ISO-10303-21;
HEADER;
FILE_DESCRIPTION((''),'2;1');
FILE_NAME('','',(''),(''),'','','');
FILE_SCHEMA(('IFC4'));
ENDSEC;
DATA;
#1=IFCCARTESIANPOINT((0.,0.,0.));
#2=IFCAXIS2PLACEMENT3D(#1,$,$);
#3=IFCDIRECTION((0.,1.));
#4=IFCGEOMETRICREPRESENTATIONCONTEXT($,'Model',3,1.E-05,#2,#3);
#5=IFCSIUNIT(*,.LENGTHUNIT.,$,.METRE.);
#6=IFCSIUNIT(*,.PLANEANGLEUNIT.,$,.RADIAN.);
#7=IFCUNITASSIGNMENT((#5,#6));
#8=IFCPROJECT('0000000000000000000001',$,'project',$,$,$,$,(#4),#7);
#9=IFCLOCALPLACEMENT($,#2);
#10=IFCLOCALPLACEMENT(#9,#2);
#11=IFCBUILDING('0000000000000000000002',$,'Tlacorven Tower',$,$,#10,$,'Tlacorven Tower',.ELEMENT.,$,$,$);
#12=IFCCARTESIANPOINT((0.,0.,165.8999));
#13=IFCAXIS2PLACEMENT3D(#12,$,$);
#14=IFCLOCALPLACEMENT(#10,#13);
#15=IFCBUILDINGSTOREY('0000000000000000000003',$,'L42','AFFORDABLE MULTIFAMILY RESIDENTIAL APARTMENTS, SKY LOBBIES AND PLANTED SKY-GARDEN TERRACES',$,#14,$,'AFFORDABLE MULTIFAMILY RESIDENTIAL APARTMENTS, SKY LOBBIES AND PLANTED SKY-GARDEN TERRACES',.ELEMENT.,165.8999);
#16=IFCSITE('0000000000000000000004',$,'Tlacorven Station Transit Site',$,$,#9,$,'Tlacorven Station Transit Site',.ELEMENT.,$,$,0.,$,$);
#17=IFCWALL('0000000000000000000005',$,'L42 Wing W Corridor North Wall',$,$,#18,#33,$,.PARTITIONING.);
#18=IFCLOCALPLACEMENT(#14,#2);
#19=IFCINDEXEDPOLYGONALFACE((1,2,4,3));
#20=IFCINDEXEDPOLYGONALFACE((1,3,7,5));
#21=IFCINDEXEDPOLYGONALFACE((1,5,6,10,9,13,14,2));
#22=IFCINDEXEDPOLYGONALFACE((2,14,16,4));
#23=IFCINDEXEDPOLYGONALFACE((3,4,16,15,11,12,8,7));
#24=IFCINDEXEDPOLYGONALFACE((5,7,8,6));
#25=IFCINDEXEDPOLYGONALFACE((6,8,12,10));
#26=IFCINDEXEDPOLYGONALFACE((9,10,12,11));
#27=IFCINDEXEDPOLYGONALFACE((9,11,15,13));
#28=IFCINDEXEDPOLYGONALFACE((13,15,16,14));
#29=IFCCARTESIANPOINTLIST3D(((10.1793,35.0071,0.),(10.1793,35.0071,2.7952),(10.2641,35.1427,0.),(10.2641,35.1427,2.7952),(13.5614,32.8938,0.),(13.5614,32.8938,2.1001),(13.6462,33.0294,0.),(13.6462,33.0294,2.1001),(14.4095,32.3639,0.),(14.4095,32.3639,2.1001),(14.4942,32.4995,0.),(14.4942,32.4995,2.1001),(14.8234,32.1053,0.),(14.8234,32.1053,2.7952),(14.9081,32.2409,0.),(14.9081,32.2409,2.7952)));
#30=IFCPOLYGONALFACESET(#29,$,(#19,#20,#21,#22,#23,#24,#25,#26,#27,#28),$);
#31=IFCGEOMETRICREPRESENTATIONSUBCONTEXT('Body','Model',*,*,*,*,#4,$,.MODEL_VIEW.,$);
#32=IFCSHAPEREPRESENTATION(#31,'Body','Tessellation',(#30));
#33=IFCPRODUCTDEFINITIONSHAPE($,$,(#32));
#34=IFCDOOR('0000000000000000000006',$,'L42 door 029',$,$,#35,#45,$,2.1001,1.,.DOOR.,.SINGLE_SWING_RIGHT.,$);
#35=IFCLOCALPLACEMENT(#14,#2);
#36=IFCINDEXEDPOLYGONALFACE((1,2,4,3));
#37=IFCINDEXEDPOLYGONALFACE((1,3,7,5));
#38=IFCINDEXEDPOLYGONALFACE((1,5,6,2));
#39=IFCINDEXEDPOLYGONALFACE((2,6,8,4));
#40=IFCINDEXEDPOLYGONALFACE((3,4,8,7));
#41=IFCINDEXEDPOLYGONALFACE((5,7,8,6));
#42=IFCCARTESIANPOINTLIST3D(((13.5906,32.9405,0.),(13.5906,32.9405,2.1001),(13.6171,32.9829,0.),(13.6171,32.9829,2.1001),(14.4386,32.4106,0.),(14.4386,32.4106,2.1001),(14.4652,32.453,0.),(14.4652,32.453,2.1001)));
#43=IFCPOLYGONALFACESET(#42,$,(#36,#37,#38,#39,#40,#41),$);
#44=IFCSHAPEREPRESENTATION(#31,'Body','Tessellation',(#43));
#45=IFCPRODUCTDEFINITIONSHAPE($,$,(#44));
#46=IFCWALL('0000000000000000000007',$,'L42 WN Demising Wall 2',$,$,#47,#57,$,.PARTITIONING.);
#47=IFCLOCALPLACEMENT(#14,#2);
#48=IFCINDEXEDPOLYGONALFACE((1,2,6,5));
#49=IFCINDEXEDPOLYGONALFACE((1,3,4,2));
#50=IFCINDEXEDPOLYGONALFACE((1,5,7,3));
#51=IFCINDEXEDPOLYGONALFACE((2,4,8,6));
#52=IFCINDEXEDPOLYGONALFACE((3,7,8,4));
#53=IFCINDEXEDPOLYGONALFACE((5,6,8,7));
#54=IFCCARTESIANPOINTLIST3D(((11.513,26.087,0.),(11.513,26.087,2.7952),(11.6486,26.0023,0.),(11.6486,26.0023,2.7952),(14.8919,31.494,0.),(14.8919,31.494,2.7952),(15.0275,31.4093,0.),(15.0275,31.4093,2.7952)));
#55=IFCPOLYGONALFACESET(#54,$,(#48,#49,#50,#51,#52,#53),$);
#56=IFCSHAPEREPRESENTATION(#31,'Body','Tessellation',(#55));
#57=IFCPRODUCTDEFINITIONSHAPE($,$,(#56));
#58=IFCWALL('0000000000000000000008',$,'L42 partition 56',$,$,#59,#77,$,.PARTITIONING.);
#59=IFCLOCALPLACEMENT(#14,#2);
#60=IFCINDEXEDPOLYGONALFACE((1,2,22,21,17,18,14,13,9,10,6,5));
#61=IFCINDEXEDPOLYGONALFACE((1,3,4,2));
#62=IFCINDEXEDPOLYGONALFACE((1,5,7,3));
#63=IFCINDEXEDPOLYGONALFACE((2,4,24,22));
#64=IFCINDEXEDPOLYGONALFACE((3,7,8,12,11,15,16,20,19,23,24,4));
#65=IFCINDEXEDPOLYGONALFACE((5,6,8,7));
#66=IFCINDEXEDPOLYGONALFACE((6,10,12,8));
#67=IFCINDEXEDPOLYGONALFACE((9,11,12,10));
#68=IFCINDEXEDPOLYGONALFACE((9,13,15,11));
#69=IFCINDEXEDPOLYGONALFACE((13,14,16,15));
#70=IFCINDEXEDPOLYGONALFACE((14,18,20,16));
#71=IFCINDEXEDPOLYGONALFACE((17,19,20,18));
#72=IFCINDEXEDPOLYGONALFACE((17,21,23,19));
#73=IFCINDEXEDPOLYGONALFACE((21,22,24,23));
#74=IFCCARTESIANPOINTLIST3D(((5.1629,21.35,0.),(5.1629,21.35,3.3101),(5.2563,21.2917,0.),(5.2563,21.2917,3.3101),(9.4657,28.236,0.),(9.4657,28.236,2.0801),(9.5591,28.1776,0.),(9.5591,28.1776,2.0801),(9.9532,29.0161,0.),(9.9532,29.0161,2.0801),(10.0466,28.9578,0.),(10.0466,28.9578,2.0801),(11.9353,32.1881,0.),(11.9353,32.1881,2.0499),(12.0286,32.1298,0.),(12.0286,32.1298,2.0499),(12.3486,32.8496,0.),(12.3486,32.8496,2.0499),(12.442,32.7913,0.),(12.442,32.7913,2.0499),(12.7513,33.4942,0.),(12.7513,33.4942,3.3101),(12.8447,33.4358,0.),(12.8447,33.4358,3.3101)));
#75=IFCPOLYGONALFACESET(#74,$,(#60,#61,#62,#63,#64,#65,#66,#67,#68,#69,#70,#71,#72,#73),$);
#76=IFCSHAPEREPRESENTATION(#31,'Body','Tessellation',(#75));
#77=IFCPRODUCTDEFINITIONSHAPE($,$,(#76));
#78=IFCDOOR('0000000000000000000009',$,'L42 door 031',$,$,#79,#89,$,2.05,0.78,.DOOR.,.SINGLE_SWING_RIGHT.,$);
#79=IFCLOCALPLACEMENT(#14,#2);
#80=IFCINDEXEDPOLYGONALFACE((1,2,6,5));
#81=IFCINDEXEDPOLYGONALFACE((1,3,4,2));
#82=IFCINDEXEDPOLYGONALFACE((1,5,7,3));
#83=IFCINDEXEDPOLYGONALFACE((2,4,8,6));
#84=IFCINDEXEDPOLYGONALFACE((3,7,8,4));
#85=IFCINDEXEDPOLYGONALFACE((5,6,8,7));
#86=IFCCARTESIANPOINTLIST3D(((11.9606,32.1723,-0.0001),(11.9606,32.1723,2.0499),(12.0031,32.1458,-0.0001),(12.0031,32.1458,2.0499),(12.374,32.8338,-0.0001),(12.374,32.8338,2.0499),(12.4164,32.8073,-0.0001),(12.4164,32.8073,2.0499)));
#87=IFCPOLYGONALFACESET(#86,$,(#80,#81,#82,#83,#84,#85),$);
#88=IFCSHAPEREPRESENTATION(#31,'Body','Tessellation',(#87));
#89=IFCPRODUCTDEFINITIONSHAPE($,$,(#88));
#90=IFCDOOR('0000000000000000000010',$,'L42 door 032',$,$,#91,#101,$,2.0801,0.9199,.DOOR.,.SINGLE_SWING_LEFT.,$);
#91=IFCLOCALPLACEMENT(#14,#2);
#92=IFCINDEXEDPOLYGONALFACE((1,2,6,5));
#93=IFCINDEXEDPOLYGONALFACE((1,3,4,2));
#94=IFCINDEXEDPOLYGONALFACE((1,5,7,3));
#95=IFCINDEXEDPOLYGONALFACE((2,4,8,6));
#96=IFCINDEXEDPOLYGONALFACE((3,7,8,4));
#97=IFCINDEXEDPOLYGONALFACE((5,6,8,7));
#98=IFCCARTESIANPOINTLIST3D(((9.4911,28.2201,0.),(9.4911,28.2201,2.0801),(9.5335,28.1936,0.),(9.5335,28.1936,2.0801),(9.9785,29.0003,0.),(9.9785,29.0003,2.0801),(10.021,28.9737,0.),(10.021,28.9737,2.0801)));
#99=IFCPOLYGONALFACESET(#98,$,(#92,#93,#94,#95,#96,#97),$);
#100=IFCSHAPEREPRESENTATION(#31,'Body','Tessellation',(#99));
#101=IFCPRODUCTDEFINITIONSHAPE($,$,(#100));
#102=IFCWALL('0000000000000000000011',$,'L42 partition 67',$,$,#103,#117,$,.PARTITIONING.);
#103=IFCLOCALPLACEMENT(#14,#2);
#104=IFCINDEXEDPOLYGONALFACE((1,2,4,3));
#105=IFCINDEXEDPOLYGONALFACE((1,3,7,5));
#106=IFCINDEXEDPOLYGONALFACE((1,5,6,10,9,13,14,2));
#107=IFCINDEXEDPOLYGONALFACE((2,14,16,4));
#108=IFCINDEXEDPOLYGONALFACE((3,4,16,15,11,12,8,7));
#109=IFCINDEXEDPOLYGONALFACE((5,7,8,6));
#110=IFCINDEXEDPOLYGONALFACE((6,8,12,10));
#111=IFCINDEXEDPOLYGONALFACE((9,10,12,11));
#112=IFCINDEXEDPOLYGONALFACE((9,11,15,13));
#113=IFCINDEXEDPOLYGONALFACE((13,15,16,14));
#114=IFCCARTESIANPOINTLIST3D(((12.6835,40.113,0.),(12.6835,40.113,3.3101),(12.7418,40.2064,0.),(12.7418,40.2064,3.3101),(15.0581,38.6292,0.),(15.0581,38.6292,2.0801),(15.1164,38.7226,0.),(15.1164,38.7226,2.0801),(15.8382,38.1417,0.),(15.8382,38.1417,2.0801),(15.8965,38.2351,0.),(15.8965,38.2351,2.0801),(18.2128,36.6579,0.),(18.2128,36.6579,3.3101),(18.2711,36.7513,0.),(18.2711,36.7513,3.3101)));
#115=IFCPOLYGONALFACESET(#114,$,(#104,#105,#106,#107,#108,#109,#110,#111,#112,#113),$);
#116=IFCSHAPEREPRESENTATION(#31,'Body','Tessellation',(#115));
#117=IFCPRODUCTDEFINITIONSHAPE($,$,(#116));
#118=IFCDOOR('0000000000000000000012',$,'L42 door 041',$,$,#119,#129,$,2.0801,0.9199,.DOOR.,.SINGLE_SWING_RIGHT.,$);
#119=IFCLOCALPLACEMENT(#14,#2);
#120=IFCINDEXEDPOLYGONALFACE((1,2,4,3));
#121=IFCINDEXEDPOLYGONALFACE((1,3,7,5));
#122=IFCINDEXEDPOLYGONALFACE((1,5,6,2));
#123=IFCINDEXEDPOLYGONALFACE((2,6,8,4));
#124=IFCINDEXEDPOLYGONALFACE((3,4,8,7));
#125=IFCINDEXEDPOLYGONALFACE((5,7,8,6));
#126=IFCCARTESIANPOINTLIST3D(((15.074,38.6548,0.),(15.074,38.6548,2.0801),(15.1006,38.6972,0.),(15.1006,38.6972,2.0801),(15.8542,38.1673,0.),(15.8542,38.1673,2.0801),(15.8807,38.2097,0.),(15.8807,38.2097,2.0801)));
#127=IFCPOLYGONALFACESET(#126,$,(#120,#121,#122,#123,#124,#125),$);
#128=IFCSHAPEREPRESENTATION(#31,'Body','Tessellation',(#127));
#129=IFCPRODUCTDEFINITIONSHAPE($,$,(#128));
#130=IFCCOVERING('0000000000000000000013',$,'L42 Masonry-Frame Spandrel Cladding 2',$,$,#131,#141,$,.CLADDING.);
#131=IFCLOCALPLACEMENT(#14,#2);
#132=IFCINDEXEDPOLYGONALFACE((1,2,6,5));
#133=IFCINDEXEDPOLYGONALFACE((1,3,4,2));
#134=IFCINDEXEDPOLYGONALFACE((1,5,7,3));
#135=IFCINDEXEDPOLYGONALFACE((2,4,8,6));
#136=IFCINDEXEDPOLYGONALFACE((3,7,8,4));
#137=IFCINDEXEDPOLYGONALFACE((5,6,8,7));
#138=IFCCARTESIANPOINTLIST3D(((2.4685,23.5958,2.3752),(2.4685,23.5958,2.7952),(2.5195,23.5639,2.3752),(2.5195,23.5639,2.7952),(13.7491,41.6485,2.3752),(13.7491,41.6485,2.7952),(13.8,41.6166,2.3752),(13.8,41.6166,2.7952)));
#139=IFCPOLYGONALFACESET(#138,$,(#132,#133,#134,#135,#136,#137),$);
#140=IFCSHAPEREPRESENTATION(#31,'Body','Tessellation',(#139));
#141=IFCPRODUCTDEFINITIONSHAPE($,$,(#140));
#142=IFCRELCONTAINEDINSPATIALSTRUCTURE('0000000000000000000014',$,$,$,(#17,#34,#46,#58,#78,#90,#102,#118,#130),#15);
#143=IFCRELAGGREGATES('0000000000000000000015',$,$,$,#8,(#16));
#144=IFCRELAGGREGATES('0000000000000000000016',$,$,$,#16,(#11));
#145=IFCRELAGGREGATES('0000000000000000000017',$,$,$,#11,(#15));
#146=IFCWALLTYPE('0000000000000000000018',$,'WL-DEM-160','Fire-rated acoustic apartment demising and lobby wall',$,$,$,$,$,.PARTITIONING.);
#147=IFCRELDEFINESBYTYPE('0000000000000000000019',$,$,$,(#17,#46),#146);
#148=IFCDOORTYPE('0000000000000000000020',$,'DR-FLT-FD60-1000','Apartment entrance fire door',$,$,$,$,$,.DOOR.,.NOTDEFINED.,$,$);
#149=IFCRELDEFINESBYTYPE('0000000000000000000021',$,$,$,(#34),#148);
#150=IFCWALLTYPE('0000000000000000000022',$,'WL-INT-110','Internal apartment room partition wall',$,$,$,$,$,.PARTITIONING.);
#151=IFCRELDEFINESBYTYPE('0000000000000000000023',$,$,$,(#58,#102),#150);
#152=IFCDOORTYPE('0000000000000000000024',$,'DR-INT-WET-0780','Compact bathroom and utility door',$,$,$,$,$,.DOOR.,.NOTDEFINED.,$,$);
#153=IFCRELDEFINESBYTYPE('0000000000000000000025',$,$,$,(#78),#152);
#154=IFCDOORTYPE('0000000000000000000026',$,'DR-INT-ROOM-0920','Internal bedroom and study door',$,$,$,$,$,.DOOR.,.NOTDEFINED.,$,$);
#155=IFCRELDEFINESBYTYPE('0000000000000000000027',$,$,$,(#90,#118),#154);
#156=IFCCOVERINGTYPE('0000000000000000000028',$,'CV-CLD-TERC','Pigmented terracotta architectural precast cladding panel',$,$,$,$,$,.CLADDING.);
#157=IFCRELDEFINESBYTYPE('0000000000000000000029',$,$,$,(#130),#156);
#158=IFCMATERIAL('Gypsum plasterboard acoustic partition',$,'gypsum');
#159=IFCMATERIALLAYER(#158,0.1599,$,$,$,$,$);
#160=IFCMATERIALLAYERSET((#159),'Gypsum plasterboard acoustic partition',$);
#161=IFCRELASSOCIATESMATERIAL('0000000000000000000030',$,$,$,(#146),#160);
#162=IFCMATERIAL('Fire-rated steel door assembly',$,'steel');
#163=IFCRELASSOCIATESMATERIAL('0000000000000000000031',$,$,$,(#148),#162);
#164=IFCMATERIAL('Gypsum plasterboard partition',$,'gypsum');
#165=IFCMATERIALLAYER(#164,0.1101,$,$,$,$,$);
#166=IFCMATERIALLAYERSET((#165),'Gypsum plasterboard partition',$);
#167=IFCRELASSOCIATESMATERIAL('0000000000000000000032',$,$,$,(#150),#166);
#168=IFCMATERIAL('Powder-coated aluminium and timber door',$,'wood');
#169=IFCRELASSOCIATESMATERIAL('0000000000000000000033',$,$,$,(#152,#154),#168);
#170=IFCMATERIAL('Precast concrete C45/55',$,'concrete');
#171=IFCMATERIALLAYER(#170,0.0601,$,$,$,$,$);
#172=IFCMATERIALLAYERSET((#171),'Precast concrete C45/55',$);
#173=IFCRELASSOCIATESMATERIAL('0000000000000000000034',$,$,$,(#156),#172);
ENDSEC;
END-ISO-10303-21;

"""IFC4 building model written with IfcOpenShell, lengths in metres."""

from ifc_helpers import new_model, si_unit, direction, frame, frame_2d, origin, origin_2d, place, context, subcontext, project, spatial, rectangle, extrude, source, transform, mapped, material, layer, layer_set, type_object, element, fill, save


model = new_model("IFC4")

# Units and contexts
model_context = context("Model", 3, precision=1e-05, world=origin(), true_north=direction((0.0, 1.0)))
body_context = subcontext(model_context, "Body", "Model", "MODEL_VIEW")
ifc_project = project(units=[si_unit("LENGTHUNIT", "METRE"), si_unit("PLANEANGLEUNIT", "RADIAN")], contexts=[model_context])

# Site, building, storey
site_placement = place(None, origin())
site = spatial("IfcSite", under=ifc_project, at=site_placement, Name="Tlacorven Station Transit Site", LongName="Tlacorven Station Transit Site", CompositionType="ELEMENT", RefElevation=0.0)
building_placement = place(site_placement, origin())
building = spatial("IfcBuilding", under=site, at=building_placement, Name="Tlacorven Tower", LongName="Tlacorven Tower", CompositionType="ELEMENT")
storey_placement = place(building_placement, frame((0.0, 0.0, 165.8999)))
storey = spatial("IfcBuildingStorey", under=building, at=storey_placement, Name="L42", Description="AFFORDABLE MULTIFAMILY RESIDENTIAL APARTMENTS, SKY LOBBIES AND PLANTED SKY-GARDEN TERRACES", LongName="AFFORDABLE MULTIFAMILY RESIDENTIAL APARTMENTS, SKY LOBBIES AND PLANTED SKY-GARDEN TERRACES", CompositionType="ELEMENT", Elevation=165.8999)

# Wall, opening, door
ifc_material_1 = material(Name="Gypsum plasterboard acoustic partition", Category="gypsum")
ifc_layer_1 = layer(ifc_material_1, 0.1599)
ifc_layer_set_1 = layer_set([ifc_layer_1], Name="Gypsum plasterboard acoustic partition")
wall_type_1 = type_object("IfcWallType", Name="WL-DEM-160", Description="Fire-rated acoustic apartment demising and lobby wall", PredefinedType="PARTITIONING", material=ifc_layer_set_1)
wall_1_placement = place(storey_placement, frame((14.8657, 32.1731, 0.0), z_axis=(0.0, 0.0, 1.0), x_axis=(-0.848053, 0.529911, 0.0)))
wall_1 = element("IfcWall", 1, at=wall_1_placement, inside=storey, type_object=wall_type_1, Name="L42 Wing W Corridor North Wall", PredefinedType="PARTITIONING", context=body_context, shape_type="SweptSolid", body=[
    extrude(rectangle(XDim=5.4761, YDim=0.1599, at=frame_2d((2.738, 0.0))), origin(), (0.0, 0.0, 1.0), 2.7952),
])
opening_1_placement = place(wall_1_placement, frame((0.488, 0.0, 0.0)))
opening_1 = element("IfcOpeningElement", 2, at=opening_1_placement, cuts=wall_1, PredefinedType="OPENING", context=body_context, shape_type="SweptSolid", body=[
    extrude(rectangle(XDim=1.0, YDim=2.1001, at=frame_2d((0.5, 1.05))), frame((0.0, 0.0898, 0.0), z_axis=(0.0, -1.0, 0.0), x_axis=(1.0, 0.0, 0.0)), (0.0, 0.0, 1.0), 0.1799),
])
ifc_material_2 = material(Name="Fire-rated steel door assembly", Category="steel")
door_type_1 = type_object("IfcDoorType", Name="DR-FLT-FD60-1000", Description="Apartment entrance fire door", OperationType="NOTDEFINED", PredefinedType="DOOR", material=ifc_material_2)
shared_shape_1 = source(origin(), body_context, "Body", "SweptSolid", [
    extrude(rectangle(XDim=1.0, YDim=2.1001, at=frame_2d((0.5, 1.05))), frame((0.0, 0.0249, 0.0), z_axis=(0.0, -1.0, 0.0), x_axis=(1.0, 0.0, 0.0)), (0.0, 0.0, 1.0), 0.05),
])
door_1_placement = place(opening_1_placement, origin())
door_1 = element("IfcDoor", 3, at=door_1_placement, inside=storey, type_object=door_type_1, Name="L42 door 029", OperationType="SINGLE_SWING_RIGHT", OverallHeight=2.1001, OverallWidth=1.0, PredefinedType="DOOR", context=body_context, shape_type="MappedRepresentation", body=[
    mapped(shared_shape_1, transform((0.0, 0.0, 0.0), scale=1.0)),
])
fill(opening_1, door_1)

# Wall
wall_2_placement = place(storey_placement, frame((14.9597, 31.4517, 0.0), z_axis=(0.0, 0.0, 1.0), x_axis=(-0.529947, -0.848031, 0.0)))
element("IfcWall", 4, at=wall_2_placement, inside=storey, type_object=wall_type_1, Name="L42 WN Demising Wall 2", PredefinedType="PARTITIONING", context=body_context, shape_type="SweptSolid", body=[
    extrude(rectangle(XDim=6.376, YDim=0.1599, at=frame_2d((3.188, 0.0))), origin(), (0.0, 0.0, 1.0), 2.7952),
])

# Wall, openings, doors
ifc_material_3 = material(Name="Gypsum plasterboard partition", Category="gypsum")
ifc_layer_2 = layer(ifc_material_3, 0.1101)
ifc_layer_set_2 = layer_set([ifc_layer_2], Name="Gypsum plasterboard partition")
wall_type_2 = type_object("IfcWallType", Name="WL-INT-110", Description="Internal apartment room partition wall", PredefinedType="PARTITIONING", material=ifc_layer_set_2)
wall_3_placement = place(storey_placement, frame((12.7981, 33.4651, 0.0), z_axis=(0.0, 0.0, 1.0), x_axis=(-0.529916, -0.84805, 0.0)))
wall_3 = element("IfcWall", 5, at=wall_3_placement, inside=storey, type_object=wall_type_2, Name="L42 partition 56", PredefinedType="PARTITIONING", context=body_context, shape_type="SweptSolid", body=[
    extrude(rectangle(XDim=14.3201, YDim=0.1101, at=frame_2d((7.1602, 0.0))), origin(), (0.0, 0.0, 1.0), 3.3101),
])
opening_2_placement = place(wall_3_placement, frame((0.76, 0.0, 0.0)))
opening_2 = element("IfcOpeningElement", 6, at=opening_2_placement, cuts=wall_3, PredefinedType="OPENING", context=body_context, shape_type="SweptSolid", body=[
    extrude(rectangle(XDim=0.78, YDim=2.05, at=frame_2d((0.3901, 1.0249))), frame((0.0, 0.0649, 0.0), z_axis=(0.0, -1.0, 0.0), x_axis=(1.0, 0.0, 0.0)), (0.0, 0.0, 1.0), 0.1301),
])
opening_3_placement = place(wall_3_placement, frame((5.2805, 0.0, 0.0)))
opening_3 = element("IfcOpeningElement", 7, at=opening_3_placement, cuts=wall_3, PredefinedType="OPENING", context=body_context, shape_type="SweptSolid", body=[
    extrude(rectangle(XDim=0.9199, YDim=2.0801, at=frame_2d((0.46, 1.04))), frame((0.0, 0.0649, 0.0), z_axis=(0.0, -1.0, 0.0), x_axis=(1.0, 0.0, 0.0)), (0.0, 0.0, 1.0), 0.1301),
])
ifc_material_4 = material(Name="Powder-coated aluminium and timber door", Category="wood")
door_type_2 = type_object("IfcDoorType", Name="DR-INT-WET-0780", Description="Compact bathroom and utility door", OperationType="NOTDEFINED", PredefinedType="DOOR", material=ifc_material_4)
shared_shape_2 = source(origin(), body_context, "Body", "SweptSolid", [
    extrude(rectangle(XDim=0.78, YDim=2.05, at=frame_2d((0.3901, 1.0249))), frame((0.0, 0.0249, 0.0), z_axis=(0.0, -1.0, 0.0), x_axis=(1.0, 0.0, 0.0)), (0.0, 0.0, 1.0), 0.05),
])
door_2_placement = place(opening_2_placement, origin())
door_2 = element("IfcDoor", 8, at=door_2_placement, inside=storey, type_object=door_type_2, Name="L42 door 031", OperationType="SINGLE_SWING_RIGHT", OverallHeight=2.05, OverallWidth=0.78, PredefinedType="DOOR", context=body_context, shape_type="MappedRepresentation", body=[
    mapped(shared_shape_2, transform((0.0, 0.0, 0.0), scale=1.0)),
])
fill(opening_2, door_2)
door_type_3 = type_object("IfcDoorType", Name="DR-INT-ROOM-0920", Description="Internal bedroom and study door", OperationType="NOTDEFINED", PredefinedType="DOOR", material=ifc_material_4)
shared_shape_3 = source(origin(), body_context, "Body", "SweptSolid", [
    extrude(rectangle(XDim=0.9199, YDim=2.0801, at=frame_2d((0.46, 1.04))), frame((0.0, 0.0249, 0.0), z_axis=(0.0, -1.0, 0.0), x_axis=(1.0, 0.0, 0.0)), (0.0, 0.0, 1.0), 0.05),
])
door_3_placement = place(opening_3_placement, origin())
door_3 = element("IfcDoor", 9, at=door_3_placement, inside=storey, type_object=door_type_3, Name="L42 door 032", OperationType="SINGLE_SWING_LEFT", OverallHeight=2.0801, OverallWidth=0.9199, PredefinedType="DOOR", context=body_context, shape_type="MappedRepresentation", body=[
    mapped(shared_shape_3, transform((0.0, 0.0, 0.0), scale=1.0)),
])
fill(opening_3, door_3)

# Wall, opening, door
wall_4_placement = place(storey_placement, frame((18.2419, 36.7046, 0.0), z_axis=(0.0, 0.0, 1.0), x_axis=(-0.848049, 0.529918, 0.0)))
wall_4 = element("IfcWall", 10, at=wall_4_placement, inside=storey, type_object=wall_type_2, Name="L42 partition 67", PredefinedType="PARTITIONING", context=body_context, shape_type="SweptSolid", body=[
    extrude(rectangle(XDim=6.52, YDim=0.1101, at=frame_2d((3.26, 0.0))), origin(), (0.0, 0.0, 1.0), 3.3101),
])
opening_4_placement = place(wall_4_placement, frame((2.8, 0.0, 0.0)))
opening_4 = element("IfcOpeningElement", 11, at=opening_4_placement, cuts=wall_4, PredefinedType="OPENING", context=body_context, shape_type="SweptSolid", body=[
    extrude(rectangle(XDim=0.9199, YDim=2.0801, at=frame_2d((0.46, 1.04))), frame((0.0, 0.0649, 0.0), z_axis=(0.0, -1.0, 0.0), x_axis=(1.0, 0.0, 0.0)), (0.0, 0.0, 1.0), 0.1301),
])
door_4_placement = place(opening_4_placement, origin())
door_4 = element("IfcDoor", 12, at=door_4_placement, inside=storey, type_object=door_type_3, Name="L42 door 041", OperationType="SINGLE_SWING_RIGHT", OverallHeight=2.0801, OverallWidth=0.9199, PredefinedType="DOOR", context=body_context, shape_type="MappedRepresentation", body=[
    mapped(shared_shape_3, transform((0.0, 0.0, 0.0), scale=1.0)),
])
fill(opening_4, door_4)

# Covering
ifc_material_5 = material(Name="Precast concrete C45/55", Category="concrete")
ifc_layer_3 = layer(ifc_material_5, 0.0601)
ifc_layer_set_3 = layer_set([ifc_layer_3], Name="Precast concrete C45/55")
covering_type = type_object("IfcCoveringType", Name="CV-CLD-TERC", Description="Pigmented terracotta architectural precast cladding panel", PredefinedType="CLADDING", material=ifc_layer_set_3)
shared_shape_4 = source(origin(), body_context, "Body", "SweptSolid", [
    extrude(rectangle(XDim=21.2874, YDim=0.0601, at=origin_2d()), origin(), (0.0, 0.0, 1.0), 0.4199),
])
covering_placement = place(storey_placement, frame((8.1343, 32.6062, 2.3752), z_axis=(0.0, 0.0, 1.0), x_axis=(0.529919, 0.848048, 0.0)))
element("IfcCovering", 13, at=covering_placement, inside=storey, type_object=covering_type, Name="L42 Masonry-Frame Spandrel Cladding 2", PredefinedType="CLADDING", context=body_context, shape_type="MappedRepresentation", body=[
    mapped(shared_shape_4, transform((0.0, 0.0, 0.0), scale=1.0)),
])

save(model, "model.ifc")
